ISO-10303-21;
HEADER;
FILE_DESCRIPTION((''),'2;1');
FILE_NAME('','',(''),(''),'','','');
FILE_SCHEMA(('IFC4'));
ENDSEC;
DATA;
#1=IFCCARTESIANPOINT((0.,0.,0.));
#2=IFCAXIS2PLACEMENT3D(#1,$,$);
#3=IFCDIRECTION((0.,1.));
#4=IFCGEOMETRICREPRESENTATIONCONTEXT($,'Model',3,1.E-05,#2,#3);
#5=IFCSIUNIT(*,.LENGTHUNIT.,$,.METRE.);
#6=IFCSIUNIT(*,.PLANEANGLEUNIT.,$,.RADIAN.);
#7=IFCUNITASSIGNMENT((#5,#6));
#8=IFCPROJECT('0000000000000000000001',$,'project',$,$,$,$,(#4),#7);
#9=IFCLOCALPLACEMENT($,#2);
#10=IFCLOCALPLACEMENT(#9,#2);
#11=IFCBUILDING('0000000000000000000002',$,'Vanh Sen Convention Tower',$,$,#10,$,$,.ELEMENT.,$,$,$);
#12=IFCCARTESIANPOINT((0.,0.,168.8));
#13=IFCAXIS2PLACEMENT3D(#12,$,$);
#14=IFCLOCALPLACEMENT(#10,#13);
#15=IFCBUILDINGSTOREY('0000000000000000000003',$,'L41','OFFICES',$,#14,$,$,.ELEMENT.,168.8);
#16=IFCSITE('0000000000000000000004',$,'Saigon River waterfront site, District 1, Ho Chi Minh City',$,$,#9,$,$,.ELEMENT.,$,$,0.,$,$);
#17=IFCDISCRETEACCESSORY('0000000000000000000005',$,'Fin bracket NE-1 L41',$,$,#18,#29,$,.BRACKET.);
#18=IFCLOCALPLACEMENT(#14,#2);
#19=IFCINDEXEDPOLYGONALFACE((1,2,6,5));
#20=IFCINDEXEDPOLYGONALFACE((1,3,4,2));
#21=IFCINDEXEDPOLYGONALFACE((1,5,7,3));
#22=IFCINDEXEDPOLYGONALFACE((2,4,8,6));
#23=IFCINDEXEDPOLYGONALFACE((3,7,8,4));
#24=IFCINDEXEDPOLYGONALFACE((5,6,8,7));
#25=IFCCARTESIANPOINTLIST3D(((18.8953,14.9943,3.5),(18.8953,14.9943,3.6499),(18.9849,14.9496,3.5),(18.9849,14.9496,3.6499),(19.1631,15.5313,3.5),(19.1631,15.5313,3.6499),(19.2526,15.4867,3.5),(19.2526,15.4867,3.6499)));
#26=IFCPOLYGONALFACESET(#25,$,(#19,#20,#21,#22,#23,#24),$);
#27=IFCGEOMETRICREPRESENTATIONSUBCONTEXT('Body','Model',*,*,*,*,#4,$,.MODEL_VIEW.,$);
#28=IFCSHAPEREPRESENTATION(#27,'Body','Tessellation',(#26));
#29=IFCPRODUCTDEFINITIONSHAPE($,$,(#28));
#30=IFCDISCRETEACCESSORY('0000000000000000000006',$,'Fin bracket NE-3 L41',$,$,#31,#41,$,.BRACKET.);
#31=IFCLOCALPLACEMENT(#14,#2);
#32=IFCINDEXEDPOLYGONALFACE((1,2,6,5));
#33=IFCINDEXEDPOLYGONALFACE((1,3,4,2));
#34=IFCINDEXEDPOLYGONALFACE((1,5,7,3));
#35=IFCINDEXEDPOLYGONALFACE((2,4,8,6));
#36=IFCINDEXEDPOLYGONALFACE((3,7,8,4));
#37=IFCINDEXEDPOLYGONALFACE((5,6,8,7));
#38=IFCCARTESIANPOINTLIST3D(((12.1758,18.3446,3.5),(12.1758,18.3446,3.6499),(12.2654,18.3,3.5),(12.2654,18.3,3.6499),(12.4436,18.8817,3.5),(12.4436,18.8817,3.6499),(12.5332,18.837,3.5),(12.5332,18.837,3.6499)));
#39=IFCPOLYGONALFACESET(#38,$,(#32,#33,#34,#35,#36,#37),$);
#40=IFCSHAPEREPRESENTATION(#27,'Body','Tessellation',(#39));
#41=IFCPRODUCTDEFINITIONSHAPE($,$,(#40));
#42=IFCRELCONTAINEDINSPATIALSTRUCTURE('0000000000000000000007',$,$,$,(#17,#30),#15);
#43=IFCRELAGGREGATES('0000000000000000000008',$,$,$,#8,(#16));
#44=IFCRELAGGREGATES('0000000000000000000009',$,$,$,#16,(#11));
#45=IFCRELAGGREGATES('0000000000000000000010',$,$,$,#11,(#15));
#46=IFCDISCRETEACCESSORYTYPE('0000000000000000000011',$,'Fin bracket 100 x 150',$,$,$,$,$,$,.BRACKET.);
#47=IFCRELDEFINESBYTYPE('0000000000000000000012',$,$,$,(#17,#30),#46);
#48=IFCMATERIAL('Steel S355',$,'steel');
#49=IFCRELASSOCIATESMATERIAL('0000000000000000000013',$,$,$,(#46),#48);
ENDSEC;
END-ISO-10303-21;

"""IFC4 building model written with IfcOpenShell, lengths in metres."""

from ifc_helpers import new_model, si_unit, direction, frame, origin, origin_2d, place, context, subcontext, project, spatial, rectangle, extrude, material, type_object, element, save


model = new_model("IFC4")

# Units and contexts
model_context = context("Model", 3, precision=1e-05, world=origin(), true_north=direction((0.0, 1.0)))
body_context = subcontext(model_context, "Body", "Model", "MODEL_VIEW")
ifc_project = project(units=[si_unit("LENGTHUNIT", "METRE"), si_unit("PLANEANGLEUNIT", "RADIAN")], contexts=[model_context])

# Site, building, storey
site_placement = place(None, origin())
site = spatial("IfcSite", under=ifc_project, at=site_placement, Name="Saigon River waterfront site, District 1, Ho Chi Minh City", CompositionType="ELEMENT", RefElevation=0.0)
building_placement = place(site_placement, origin())
building = spatial("IfcBuilding", under=site, at=building_placement, Name="Vanh Sen Convention Tower", CompositionType="ELEMENT")
storey_placement = place(building_placement, frame((0.0, 0.0, 168.8)))
storey = spatial("IfcBuildingStorey", under=building, at=storey_placement, Name="L41", Description="OFFICES", CompositionType="ELEMENT", Elevation=168.8)

# Discrete accessories
ifc_material_1 = material(Name="Steel S355", Category="steel")
discrete_accessory_type = type_object("IfcDiscreteAccessoryType", Name="Fin bracket 100 x 150", PredefinedType="BRACKET", material=ifc_material_1)
for number, where, z_axis, x_axis, name in (
    (1, (19.074, 15.2405, 3.5), (0.0, 0.0, 1.0), (0.446198, 0.894934, 0.0), "Fin bracket NE-1 L41"),
    (2, (12.3545, 18.5908, 3.5), (0.0, 0.0, 1.0), (0.446198, 0.894934, 0.0), "Fin bracket NE-3 L41"),
):
    element("IfcDiscreteAccessory", number, at=place(storey_placement, frame(where, z_axis=z_axis, x_axis=x_axis)), inside=storey, type_object=discrete_accessory_type, Name=name, PredefinedType="BRACKET", context=body_context, shape_type="SweptSolid", body=[
        extrude(rectangle(XDim=0.6001, YDim=0.1001, at=origin_2d()), origin(), (0.0, 0.0, 1.0), 0.1499),
    ])

save(model, "model.ifc")
